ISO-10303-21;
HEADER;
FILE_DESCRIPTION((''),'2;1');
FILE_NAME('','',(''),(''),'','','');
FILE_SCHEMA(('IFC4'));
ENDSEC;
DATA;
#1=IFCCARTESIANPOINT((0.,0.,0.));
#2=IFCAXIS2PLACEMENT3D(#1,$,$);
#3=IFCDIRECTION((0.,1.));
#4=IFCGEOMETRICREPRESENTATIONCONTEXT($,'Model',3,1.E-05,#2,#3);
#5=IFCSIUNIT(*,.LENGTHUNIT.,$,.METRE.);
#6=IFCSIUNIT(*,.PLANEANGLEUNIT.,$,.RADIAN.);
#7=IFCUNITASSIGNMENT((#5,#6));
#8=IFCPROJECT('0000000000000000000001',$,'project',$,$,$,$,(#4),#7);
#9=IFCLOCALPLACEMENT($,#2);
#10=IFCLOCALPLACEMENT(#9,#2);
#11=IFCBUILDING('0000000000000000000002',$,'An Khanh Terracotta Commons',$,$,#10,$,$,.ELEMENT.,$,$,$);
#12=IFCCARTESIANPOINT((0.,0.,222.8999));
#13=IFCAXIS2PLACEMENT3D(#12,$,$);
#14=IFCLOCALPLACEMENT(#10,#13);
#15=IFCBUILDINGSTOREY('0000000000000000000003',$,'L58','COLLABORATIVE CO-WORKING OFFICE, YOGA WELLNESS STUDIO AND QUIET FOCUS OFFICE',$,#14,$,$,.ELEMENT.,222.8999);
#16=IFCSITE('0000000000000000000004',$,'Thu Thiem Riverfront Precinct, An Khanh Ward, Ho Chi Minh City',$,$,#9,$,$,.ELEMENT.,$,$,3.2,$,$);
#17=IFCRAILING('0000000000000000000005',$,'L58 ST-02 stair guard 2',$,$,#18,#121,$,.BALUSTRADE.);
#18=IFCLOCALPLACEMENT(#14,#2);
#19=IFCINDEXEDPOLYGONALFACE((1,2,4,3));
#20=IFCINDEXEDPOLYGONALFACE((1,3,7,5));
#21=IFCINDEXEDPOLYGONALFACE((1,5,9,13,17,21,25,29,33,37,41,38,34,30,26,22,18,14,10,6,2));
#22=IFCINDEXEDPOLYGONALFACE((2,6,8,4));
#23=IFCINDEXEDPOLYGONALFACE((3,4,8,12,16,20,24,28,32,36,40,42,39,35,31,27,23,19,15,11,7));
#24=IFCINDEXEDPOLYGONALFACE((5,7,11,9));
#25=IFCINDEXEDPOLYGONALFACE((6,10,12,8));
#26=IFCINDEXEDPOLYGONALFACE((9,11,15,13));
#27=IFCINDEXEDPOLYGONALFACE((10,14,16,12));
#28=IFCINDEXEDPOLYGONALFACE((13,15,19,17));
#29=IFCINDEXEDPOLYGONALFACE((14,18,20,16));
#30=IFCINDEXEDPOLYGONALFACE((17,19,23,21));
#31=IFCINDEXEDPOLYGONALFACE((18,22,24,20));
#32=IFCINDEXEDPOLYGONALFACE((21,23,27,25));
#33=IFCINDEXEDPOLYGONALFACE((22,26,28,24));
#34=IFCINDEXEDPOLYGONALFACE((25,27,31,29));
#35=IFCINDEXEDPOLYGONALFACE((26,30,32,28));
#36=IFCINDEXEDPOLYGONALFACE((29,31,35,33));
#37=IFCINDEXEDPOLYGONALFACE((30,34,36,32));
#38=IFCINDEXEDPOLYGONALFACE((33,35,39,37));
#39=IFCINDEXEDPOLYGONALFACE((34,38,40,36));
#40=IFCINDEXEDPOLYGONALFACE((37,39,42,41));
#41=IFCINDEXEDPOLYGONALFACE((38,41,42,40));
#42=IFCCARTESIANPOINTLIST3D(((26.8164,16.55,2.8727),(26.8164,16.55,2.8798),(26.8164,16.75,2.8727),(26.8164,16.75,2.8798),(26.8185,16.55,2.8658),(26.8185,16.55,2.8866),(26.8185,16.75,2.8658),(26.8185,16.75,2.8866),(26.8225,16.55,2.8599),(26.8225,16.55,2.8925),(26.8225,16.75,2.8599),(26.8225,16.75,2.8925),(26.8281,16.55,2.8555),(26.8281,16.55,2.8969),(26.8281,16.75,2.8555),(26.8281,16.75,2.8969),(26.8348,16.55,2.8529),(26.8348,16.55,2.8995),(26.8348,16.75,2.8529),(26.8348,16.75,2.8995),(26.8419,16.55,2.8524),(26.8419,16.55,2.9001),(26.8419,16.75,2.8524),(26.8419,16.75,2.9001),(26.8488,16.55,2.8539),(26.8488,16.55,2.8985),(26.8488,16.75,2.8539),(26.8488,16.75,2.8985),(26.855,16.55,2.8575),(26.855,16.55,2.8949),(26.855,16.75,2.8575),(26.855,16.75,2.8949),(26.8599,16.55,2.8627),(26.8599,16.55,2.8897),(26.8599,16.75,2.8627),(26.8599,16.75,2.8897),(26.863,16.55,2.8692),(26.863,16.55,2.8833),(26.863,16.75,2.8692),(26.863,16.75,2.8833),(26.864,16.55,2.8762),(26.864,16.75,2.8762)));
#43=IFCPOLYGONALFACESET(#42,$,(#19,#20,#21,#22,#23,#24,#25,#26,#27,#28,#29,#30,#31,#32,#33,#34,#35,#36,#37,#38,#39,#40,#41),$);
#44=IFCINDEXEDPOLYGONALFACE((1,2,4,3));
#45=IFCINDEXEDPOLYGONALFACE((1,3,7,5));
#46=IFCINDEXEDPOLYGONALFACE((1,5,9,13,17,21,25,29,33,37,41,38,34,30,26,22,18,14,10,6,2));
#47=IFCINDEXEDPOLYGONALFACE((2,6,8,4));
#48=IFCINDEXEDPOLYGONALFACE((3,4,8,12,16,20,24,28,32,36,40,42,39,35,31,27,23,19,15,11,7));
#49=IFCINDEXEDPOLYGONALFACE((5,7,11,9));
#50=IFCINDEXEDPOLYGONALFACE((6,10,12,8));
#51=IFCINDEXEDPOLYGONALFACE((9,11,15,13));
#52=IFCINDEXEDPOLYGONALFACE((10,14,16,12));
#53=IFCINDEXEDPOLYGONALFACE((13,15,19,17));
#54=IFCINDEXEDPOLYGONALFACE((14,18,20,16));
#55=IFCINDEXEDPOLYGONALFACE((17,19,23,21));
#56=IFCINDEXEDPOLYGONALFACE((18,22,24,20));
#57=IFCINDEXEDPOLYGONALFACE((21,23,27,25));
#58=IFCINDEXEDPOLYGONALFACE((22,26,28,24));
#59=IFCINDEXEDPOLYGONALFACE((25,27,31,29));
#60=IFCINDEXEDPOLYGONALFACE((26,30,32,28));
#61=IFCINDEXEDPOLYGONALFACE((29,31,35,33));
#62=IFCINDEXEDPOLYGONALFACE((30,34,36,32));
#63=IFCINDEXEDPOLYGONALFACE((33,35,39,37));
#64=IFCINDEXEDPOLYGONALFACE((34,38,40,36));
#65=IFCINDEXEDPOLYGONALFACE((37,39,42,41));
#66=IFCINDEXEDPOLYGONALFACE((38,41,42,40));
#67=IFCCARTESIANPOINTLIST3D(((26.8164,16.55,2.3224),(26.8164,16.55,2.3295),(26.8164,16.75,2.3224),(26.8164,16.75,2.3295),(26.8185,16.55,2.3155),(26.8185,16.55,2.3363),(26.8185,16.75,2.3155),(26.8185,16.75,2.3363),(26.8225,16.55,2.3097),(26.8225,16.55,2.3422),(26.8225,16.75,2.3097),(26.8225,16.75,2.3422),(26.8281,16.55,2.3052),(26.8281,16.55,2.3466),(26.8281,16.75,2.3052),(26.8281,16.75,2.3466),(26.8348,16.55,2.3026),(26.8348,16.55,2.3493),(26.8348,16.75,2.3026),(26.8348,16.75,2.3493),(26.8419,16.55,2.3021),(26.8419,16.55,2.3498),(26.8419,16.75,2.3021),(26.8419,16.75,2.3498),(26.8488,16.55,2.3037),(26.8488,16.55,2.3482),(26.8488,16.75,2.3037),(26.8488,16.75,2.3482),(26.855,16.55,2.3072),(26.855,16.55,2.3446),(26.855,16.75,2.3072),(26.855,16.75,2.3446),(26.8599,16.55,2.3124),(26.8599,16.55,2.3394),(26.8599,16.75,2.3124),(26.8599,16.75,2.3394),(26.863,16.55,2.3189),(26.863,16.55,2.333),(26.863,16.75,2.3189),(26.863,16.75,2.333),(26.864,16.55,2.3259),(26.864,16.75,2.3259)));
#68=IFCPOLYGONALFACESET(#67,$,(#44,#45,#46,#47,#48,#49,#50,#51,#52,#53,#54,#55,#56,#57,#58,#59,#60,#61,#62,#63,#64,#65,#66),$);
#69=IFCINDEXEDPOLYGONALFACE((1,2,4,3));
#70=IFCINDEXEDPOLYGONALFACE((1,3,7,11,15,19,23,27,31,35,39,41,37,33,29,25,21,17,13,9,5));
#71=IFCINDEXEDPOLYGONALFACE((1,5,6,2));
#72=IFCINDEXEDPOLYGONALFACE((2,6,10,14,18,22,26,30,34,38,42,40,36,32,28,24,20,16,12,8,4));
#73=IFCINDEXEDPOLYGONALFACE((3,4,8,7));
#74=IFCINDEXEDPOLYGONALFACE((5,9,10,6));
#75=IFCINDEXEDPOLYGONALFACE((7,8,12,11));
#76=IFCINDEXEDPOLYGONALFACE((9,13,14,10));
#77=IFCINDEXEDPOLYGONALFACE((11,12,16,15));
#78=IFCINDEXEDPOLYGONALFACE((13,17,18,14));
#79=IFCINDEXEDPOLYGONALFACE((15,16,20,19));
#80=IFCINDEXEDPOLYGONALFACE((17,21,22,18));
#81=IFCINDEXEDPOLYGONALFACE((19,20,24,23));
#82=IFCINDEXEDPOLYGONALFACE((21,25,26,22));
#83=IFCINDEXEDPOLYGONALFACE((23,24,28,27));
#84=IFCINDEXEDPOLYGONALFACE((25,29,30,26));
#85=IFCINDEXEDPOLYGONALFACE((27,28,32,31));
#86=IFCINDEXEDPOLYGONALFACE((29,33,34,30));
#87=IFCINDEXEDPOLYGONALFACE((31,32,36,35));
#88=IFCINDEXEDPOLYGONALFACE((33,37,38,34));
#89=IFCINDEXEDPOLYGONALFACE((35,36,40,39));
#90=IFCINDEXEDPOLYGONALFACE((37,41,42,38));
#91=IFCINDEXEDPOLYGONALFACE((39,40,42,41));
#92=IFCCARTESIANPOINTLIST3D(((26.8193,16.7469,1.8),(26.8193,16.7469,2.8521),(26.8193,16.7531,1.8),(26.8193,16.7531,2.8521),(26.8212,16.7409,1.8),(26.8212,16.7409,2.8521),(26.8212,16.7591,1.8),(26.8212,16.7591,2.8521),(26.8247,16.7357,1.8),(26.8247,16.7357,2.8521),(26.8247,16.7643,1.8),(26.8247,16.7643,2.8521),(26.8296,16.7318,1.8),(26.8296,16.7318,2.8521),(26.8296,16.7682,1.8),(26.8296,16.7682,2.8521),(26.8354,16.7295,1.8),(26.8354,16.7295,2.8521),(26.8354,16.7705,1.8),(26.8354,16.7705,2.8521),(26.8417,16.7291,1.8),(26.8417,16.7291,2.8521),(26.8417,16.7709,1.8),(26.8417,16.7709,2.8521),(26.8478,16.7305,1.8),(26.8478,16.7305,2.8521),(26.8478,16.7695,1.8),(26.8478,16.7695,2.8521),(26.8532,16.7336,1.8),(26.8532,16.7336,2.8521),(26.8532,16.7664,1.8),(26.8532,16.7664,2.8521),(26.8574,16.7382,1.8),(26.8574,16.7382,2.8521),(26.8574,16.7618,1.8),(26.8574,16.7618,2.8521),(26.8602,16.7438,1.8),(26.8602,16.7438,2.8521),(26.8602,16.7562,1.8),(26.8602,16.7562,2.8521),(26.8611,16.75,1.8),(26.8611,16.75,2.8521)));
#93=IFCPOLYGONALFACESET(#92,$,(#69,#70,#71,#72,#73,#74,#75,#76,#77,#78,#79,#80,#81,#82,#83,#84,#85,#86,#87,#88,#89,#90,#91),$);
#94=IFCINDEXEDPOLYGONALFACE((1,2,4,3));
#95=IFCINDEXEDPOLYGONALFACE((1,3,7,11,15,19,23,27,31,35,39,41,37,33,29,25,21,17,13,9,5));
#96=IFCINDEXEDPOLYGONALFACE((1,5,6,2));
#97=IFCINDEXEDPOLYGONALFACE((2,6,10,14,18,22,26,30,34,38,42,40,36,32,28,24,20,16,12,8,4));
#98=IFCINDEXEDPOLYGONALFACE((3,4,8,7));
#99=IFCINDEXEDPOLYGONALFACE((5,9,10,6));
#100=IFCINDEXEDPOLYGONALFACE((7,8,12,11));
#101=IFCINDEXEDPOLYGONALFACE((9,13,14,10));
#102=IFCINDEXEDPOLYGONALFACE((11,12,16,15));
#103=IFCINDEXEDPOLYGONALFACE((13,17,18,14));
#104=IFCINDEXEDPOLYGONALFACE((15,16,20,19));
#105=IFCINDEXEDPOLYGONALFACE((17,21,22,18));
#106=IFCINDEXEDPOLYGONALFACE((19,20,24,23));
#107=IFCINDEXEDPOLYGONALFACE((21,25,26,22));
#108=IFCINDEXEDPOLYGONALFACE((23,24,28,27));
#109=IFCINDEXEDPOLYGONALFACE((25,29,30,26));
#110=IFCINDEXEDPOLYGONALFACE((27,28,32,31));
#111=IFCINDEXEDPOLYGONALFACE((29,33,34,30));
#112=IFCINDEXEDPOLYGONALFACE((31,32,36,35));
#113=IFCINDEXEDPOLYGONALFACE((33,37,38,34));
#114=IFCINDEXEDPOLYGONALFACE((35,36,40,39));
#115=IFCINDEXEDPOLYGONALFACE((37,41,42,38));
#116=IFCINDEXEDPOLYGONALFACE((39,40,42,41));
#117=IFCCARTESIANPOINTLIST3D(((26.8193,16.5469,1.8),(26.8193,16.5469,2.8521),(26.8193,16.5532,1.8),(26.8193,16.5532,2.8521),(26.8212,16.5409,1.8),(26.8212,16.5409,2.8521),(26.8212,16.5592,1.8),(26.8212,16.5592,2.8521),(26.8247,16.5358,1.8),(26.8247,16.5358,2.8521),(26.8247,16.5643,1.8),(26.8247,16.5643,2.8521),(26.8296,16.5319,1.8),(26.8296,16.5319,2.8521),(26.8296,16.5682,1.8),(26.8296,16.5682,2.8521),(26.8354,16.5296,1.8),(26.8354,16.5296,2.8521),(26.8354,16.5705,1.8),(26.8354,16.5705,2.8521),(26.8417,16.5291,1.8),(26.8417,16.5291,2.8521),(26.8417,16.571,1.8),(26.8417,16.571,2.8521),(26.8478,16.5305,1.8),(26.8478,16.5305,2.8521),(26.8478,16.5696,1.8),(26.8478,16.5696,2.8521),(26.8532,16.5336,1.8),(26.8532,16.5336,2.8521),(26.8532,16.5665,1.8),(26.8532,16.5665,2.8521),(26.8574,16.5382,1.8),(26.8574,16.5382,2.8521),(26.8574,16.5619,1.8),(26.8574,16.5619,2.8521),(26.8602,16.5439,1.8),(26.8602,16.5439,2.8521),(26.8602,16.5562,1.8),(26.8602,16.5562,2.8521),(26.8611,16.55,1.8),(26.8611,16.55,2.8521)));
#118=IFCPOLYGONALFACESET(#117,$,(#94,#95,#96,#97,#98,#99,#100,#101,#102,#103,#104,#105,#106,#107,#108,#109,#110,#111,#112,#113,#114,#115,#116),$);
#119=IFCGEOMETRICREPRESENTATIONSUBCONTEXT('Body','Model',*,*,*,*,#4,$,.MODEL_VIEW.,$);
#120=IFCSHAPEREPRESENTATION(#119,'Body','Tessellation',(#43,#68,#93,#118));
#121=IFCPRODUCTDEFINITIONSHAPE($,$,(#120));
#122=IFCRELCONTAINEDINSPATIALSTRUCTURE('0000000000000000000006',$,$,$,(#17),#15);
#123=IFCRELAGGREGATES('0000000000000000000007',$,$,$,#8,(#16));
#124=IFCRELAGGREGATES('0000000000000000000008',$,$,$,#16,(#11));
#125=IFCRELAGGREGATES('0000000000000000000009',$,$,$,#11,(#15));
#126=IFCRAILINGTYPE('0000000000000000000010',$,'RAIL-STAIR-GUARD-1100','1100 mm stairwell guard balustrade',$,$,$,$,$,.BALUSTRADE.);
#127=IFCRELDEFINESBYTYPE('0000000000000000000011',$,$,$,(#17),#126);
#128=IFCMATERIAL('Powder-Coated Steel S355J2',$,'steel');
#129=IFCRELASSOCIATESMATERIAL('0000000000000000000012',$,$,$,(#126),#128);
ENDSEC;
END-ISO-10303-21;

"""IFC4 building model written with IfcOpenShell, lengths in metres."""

from ifc_helpers import new_model, si_unit, direction, frame, origin, origin_2d, place, context, subcontext, project, spatial, circle, extrude, material, type_object, element, save


model = new_model("IFC4")

# Units and contexts
model_context = context("Model", 3, precision=1e-05, world=origin(), true_north=direction((0.0, 1.0)))
body_context = subcontext(model_context, "Body", "Model", "MODEL_VIEW")
ifc_project = project(units=[si_unit("LENGTHUNIT", "METRE"), si_unit("PLANEANGLEUNIT", "RADIAN")], contexts=[model_context])

# Site, building, storey
site_placement = place(None, origin())
site = spatial("IfcSite", under=ifc_project, at=site_placement, Name="Thu Thiem Riverfront Precinct, An Khanh Ward, Ho Chi Minh City", CompositionType="ELEMENT", RefElevation=3.2)
building_placement = place(site_placement, origin())
building = spatial("IfcBuilding", under=site, at=building_placement, Name="An Khanh Terracotta Commons", CompositionType="ELEMENT")
storey_placement = place(building_placement, frame((0.0, 0.0, 222.8999)))
storey = spatial("IfcBuildingStorey", under=building, at=storey_placement, Name="L58", Description="COLLABORATIVE CO-WORKING OFFICE, YOGA WELLNESS STUDIO AND QUIET FOCUS OFFICE", CompositionType="ELEMENT", Elevation=222.8999)

# Railing
ifc_material_1 = material(Name="Powder-Coated Steel S355J2", Category="steel")
railing_type_1 = type_object("IfcRailingType", Name="RAIL-STAIR-GUARD-1100", Description="1100 mm stairwell guard balustrade", PredefinedType="BALUSTRADE", material=ifc_material_1)
railing_1_placement = place(storey_placement, frame((26.8401, 16.75, 1.8)))
element("IfcRailing", 1, at=railing_1_placement, inside=storey, type_object=railing_type_1, Name="L58 ST-02 stair guard 2", PredefinedType="BALUSTRADE", context=body_context, shape_type="SweptSolid", body=[
    extrude(circle(Radius=0.0239, at=origin_2d()), frame((0.0, 0.0, 1.0762), z_axis=(0.0, -1.0, 0.0), x_axis=(1.0, 0.0, 0.0)), (0.0, 0.0, 1.0), 0.2),
    extrude(circle(Radius=0.0239, at=origin_2d()), frame((0.0, 0.0, 0.5259), z_axis=(0.0, -1.0, 0.0), x_axis=(1.0, 0.0, 0.0)), (0.0, 0.0, 1.0), 0.2),
    extrude(circle(Radius=0.021, at=origin_2d()), origin(), (0.0, 0.0, 1.0), 1.052),
    extrude(circle(Radius=0.021, at=origin_2d()), frame((0.0, -0.2, 0.0)), (0.0, 0.0, 1.0), 1.052),
])

save(model, "model.ifc")
